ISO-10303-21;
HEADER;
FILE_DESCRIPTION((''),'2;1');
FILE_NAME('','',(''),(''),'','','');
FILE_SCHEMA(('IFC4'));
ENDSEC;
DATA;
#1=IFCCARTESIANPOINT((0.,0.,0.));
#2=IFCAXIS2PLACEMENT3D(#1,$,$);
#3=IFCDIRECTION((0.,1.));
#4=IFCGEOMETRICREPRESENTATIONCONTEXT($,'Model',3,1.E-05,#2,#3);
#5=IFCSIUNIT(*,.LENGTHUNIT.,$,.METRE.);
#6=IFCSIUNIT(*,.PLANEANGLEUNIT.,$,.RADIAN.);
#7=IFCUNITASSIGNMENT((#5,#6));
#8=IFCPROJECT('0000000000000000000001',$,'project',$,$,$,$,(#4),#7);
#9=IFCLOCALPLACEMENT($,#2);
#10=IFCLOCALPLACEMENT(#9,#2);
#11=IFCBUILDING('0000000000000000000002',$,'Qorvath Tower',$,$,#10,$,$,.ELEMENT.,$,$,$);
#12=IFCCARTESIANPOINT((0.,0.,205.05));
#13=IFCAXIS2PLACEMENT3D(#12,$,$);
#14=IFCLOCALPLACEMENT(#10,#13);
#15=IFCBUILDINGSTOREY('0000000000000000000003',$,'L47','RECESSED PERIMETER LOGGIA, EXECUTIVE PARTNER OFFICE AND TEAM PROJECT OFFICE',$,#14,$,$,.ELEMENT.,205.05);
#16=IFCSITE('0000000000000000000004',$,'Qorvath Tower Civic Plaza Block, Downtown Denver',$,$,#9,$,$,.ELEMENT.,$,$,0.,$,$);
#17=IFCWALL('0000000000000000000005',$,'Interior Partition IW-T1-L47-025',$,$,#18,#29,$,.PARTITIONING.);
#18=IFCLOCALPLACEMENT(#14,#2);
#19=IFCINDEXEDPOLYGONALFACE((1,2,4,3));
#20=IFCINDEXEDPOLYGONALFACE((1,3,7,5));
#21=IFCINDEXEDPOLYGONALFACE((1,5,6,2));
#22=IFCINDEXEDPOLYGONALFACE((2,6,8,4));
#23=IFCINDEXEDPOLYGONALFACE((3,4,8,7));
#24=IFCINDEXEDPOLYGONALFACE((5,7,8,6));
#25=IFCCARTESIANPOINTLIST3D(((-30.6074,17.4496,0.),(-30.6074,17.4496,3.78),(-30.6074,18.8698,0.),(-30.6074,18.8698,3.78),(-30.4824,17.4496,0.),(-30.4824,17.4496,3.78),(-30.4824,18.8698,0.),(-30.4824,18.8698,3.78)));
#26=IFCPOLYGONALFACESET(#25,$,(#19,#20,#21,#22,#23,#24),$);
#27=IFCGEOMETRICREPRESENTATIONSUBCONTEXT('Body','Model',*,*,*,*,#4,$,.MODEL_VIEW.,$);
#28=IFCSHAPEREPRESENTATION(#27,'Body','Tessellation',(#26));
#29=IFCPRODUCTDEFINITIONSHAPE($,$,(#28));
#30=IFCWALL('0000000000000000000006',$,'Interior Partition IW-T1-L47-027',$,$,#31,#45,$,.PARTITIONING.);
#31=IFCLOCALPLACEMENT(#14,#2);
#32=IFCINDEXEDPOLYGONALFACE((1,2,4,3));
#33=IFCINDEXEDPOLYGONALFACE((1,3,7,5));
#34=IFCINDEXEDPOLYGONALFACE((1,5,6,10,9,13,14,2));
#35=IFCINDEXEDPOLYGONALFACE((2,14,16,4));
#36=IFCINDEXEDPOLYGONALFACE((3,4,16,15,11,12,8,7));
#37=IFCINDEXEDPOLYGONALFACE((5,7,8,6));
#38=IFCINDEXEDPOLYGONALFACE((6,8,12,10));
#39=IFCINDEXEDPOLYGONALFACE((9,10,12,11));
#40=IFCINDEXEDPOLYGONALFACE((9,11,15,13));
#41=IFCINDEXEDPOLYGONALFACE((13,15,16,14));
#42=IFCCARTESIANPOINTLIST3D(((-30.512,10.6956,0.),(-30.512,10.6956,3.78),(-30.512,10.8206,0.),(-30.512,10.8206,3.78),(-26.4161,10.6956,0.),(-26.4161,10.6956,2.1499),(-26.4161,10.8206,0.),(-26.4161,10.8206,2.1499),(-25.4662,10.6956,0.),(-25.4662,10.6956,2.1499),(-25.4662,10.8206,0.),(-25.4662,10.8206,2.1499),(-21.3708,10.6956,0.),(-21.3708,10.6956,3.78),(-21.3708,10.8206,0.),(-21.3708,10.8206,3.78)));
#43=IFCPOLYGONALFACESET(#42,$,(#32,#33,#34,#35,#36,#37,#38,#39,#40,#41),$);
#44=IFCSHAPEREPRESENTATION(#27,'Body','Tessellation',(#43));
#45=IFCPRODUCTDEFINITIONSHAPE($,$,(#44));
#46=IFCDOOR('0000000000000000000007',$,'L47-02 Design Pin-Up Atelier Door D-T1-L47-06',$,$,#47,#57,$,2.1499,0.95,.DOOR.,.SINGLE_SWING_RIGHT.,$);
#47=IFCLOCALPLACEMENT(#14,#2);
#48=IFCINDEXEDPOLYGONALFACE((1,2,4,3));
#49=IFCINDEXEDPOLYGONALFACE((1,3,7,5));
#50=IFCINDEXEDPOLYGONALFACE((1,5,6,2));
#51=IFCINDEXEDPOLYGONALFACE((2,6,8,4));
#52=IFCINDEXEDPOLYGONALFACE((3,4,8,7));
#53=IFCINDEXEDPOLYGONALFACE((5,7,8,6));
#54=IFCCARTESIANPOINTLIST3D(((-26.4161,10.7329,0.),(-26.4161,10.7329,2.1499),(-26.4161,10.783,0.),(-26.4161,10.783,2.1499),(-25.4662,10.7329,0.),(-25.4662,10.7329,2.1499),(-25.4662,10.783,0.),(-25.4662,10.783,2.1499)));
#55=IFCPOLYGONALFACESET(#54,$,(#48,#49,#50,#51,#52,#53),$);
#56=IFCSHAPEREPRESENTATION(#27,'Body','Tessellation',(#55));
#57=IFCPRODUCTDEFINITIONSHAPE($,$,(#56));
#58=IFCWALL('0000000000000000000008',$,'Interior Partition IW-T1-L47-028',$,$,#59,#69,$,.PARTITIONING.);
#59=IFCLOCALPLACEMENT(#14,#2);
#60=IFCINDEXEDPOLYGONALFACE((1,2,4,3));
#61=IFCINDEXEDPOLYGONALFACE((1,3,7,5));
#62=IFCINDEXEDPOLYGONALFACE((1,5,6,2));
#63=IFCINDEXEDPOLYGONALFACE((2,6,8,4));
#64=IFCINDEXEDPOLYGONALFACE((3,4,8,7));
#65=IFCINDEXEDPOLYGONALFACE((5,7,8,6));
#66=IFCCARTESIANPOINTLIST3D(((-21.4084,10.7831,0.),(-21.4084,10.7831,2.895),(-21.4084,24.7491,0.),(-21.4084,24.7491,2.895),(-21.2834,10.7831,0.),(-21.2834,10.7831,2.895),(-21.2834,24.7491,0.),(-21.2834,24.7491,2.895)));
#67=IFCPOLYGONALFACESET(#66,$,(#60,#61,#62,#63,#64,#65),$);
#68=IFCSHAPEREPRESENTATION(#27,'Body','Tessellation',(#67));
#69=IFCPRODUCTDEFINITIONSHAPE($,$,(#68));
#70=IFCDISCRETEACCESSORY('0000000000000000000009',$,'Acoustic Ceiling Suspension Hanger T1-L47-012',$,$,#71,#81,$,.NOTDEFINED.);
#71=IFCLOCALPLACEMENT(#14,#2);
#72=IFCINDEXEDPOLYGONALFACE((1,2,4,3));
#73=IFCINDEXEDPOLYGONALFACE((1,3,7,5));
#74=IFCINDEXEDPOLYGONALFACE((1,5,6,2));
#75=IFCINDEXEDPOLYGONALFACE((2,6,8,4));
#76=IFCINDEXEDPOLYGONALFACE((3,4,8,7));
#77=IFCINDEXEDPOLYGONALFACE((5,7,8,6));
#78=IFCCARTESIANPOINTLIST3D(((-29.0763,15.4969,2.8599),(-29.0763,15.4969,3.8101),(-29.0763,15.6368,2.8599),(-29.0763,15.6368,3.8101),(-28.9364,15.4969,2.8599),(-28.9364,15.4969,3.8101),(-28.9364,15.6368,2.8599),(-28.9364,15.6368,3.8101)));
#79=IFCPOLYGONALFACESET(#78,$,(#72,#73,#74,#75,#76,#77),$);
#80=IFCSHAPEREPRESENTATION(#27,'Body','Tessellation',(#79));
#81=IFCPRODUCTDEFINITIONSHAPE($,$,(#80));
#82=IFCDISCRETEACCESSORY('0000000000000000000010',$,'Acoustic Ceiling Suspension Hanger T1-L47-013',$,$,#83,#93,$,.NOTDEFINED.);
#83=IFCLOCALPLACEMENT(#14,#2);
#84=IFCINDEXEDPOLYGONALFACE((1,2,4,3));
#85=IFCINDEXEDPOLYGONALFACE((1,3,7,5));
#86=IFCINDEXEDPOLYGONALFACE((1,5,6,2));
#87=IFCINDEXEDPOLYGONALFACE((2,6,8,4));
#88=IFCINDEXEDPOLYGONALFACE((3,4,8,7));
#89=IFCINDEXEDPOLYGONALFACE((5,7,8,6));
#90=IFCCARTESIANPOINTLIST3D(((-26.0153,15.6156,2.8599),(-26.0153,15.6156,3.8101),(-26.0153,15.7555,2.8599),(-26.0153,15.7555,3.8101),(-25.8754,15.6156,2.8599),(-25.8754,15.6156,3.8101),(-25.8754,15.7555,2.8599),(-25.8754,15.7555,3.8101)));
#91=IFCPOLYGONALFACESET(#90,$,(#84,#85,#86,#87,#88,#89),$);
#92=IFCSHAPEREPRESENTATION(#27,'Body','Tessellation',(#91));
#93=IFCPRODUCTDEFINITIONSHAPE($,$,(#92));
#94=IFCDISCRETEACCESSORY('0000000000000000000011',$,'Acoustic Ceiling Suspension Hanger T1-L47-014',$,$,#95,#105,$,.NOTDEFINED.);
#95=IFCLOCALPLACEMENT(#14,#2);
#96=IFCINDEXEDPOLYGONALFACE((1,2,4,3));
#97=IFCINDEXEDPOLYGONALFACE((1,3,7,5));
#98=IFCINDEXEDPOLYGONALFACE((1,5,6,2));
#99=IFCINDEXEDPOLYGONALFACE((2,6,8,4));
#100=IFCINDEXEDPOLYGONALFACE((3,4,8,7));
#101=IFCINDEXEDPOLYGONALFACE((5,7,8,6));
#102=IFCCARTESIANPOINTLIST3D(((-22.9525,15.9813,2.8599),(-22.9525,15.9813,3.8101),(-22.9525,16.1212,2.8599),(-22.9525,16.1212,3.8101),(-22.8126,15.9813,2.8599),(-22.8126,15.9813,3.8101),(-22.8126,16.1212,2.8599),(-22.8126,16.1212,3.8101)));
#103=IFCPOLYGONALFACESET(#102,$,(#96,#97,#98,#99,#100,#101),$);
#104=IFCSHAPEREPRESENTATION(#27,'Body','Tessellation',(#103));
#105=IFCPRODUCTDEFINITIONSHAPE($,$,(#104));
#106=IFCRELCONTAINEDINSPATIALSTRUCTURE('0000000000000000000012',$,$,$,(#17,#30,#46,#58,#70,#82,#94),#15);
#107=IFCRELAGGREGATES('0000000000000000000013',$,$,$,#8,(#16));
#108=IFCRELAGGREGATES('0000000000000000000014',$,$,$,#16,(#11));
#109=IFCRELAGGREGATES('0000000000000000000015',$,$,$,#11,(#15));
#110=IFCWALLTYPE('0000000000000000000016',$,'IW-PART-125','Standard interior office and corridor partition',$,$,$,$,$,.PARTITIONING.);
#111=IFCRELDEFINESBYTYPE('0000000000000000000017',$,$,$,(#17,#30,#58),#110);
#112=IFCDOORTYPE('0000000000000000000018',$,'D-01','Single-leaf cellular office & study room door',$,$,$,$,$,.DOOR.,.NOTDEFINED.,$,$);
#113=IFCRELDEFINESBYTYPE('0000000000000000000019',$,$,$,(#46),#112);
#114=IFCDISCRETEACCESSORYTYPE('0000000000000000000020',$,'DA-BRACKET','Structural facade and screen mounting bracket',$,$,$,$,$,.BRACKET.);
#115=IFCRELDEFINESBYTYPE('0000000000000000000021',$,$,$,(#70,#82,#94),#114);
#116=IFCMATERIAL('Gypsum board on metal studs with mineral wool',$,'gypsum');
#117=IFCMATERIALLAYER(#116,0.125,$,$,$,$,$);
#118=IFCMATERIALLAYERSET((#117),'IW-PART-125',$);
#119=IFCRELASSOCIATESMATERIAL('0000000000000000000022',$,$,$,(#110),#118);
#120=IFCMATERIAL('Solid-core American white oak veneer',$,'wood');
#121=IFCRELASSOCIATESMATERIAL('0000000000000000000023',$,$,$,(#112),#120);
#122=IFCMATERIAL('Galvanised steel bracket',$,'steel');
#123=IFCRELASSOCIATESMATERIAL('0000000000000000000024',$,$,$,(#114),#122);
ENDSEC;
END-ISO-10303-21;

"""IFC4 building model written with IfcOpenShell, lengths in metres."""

from ifc_helpers import new_model, si_unit, direction, frame, frame_2d, origin, origin_2d, place, context, subcontext, project, spatial, rectangle, extrude, material, layer, layer_set, type_object, element, fill, save


model = new_model("IFC4")

# Units and contexts
model_context = context("Model", 3, precision=1e-05, world=origin(), true_north=direction((0.0, 1.0)))
body_context = subcontext(model_context, "Body", "Model", "MODEL_VIEW")
ifc_project = project(units=[si_unit("LENGTHUNIT", "METRE"), si_unit("PLANEANGLEUNIT", "RADIAN")], contexts=[model_context])

# Site, building, storey
site_placement = place(None, origin())
site = spatial("IfcSite", under=ifc_project, at=site_placement, Name="Qorvath Tower Civic Plaza Block, Downtown Denver", CompositionType="ELEMENT", RefElevation=0.0)
building_placement = place(site_placement, origin())
building = spatial("IfcBuilding", under=site, at=building_placement, Name="Qorvath Tower", CompositionType="ELEMENT")
storey_placement = place(building_placement, frame((0.0, 0.0, 205.05)))
storey = spatial("IfcBuildingStorey", under=building, at=storey_placement, Name="L47", Description="RECESSED PERIMETER LOGGIA, EXECUTIVE PARTNER OFFICE AND TEAM PROJECT OFFICE", CompositionType="ELEMENT", Elevation=205.05)

# Wall
ifc_material_1 = material(Name="Gypsum board on metal studs with mineral wool", Category="gypsum")
ifc_layer_1 = layer(ifc_material_1, 0.125)
ifc_layer_set_1 = layer_set([ifc_layer_1], Name="IW-PART-125")
wall_type = type_object("IfcWallType", Name="IW-PART-125", Description="Standard interior office and corridor partition", PredefinedType="PARTITIONING", material=ifc_layer_set_1)
wall_1_placement = place(storey_placement, frame((-30.5449, 17.4497, 0.0), z_axis=(0.0, 0.0, 1.0), x_axis=(0.0, 1.0, 0.0)))
element("IfcWall", 1, at=wall_1_placement, inside=storey, type_object=wall_type, Name="Interior Partition IW-T1-L47-025", PredefinedType="PARTITIONING", context=body_context, shape_type="SweptSolid", body=[
    extrude(rectangle(XDim=1.4202, YDim=0.125, at=frame_2d((0.71, 0.0))), origin(), (0.0, 0.0, 1.0), 3.78),
])

# Wall, opening, door
wall_2_placement = place(storey_placement, frame((-30.512, 10.7581, 0.0), z_axis=(0.0, 0.0, 1.0), x_axis=(1.0, 0.0, 0.0)))
wall_2 = element("IfcWall", 2, at=wall_2_placement, inside=storey, type_object=wall_type, Name="Interior Partition IW-T1-L47-027", PredefinedType="PARTITIONING", context=body_context, shape_type="SweptSolid", body=[
    extrude(rectangle(XDim=9.1411, YDim=0.125, at=frame_2d((4.5706, 0.0))), origin(), (0.0, 0.0, 1.0), 3.78),
])
opening_placement = place(wall_2_placement, frame((4.0957, 0.0, 0.0)))
opening = element("IfcOpeningElement", 3, at=opening_placement, cuts=wall_2, PredefinedType="OPENING", context=body_context, shape_type="SweptSolid", body=[
    extrude(rectangle(XDim=0.95, YDim=2.1499, at=frame_2d((0.4751, 1.075))), frame((0.0, 0.0725, 0.0), z_axis=(0.0, -1.0, 0.0), x_axis=(1.0, 0.0, 0.0)), (0.0, 0.0, 1.0), 0.145),
])
ifc_material_2 = material(Name="Solid-core American white oak veneer", Category="wood")
door_type = type_object("IfcDoorType", Name="D-01", Description="Single-leaf cellular office & study room door", OperationType="NOTDEFINED", PredefinedType="DOOR", material=ifc_material_2)
door_placement = place(opening_placement, origin())
door = element("IfcDoor", 4, at=door_placement, inside=storey, type_object=door_type, Name="L47-02 Design Pin-Up Atelier Door D-T1-L47-06", OperationType="SINGLE_SWING_RIGHT", OverallHeight=2.1499, OverallWidth=0.95, PredefinedType="DOOR", context=body_context, shape_type="SweptSolid", body=[
    extrude(rectangle(XDim=0.95, YDim=2.1499, at=frame_2d((0.4751, 1.075))), frame((0.0, 0.0249, 0.0), z_axis=(0.0, -1.0, 0.0), x_axis=(1.0, 0.0, 0.0)), (0.0, 0.0, 1.0), 0.05),
])
fill(opening, door)

# Wall
wall_3_placement = place(storey_placement, frame((-21.3459, 10.7832, 0.0), z_axis=(0.0, 0.0, 1.0), x_axis=(0.0, 1.0, 0.0)))
element("IfcWall", 5, at=wall_3_placement, inside=storey, type_object=wall_type, Name="Interior Partition IW-T1-L47-028", PredefinedType="PARTITIONING", context=body_context, shape_type="SweptSolid", body=[
    extrude(rectangle(XDim=13.9661, YDim=0.125, at=frame_2d((6.9829, 0.0))), origin(), (0.0, 0.0, 1.0), 2.895),
])

# Discrete accessories
ifc_material_3 = material(Name="Galvanised steel bracket", Category="steel")
discrete_accessory_type = type_object("IfcDiscreteAccessoryType", Name="DA-BRACKET", Description="Structural facade and screen mounting bracket", PredefinedType="BRACKET", material=ifc_material_3)
for number, where, z_axis, x_axis, name in (
    (6, (-29.0063, 15.5669, 2.8599), (0.0, 0.0, 1.0), (1.0, 0.0, 0.0), "Acoustic Ceiling Suspension Hanger T1-L47-012"),
    (7, (-25.9453, 15.6855, 2.8599), (0.0, 0.0, 1.0), (1.0, 0.0, 0.0), "Acoustic Ceiling Suspension Hanger T1-L47-013"),
    (8, (-22.8826, 16.0513, 2.8599), (0.0, 0.0, 1.0), (1.0, 0.0, 0.0), "Acoustic Ceiling Suspension Hanger T1-L47-014"),
):
    element("IfcDiscreteAccessory", number, at=place(storey_placement, frame(where, z_axis=z_axis, x_axis=x_axis)), inside=storey, type_object=discrete_accessory_type, Name=name, PredefinedType="NOTDEFINED", context=body_context, shape_type="SweptSolid", body=[
        extrude(rectangle(XDim=0.1399, YDim=0.1399, at=origin_2d()), origin(), (0.0, 0.0, 1.0), 0.9502),
    ])

save(model, "model.ifc")
